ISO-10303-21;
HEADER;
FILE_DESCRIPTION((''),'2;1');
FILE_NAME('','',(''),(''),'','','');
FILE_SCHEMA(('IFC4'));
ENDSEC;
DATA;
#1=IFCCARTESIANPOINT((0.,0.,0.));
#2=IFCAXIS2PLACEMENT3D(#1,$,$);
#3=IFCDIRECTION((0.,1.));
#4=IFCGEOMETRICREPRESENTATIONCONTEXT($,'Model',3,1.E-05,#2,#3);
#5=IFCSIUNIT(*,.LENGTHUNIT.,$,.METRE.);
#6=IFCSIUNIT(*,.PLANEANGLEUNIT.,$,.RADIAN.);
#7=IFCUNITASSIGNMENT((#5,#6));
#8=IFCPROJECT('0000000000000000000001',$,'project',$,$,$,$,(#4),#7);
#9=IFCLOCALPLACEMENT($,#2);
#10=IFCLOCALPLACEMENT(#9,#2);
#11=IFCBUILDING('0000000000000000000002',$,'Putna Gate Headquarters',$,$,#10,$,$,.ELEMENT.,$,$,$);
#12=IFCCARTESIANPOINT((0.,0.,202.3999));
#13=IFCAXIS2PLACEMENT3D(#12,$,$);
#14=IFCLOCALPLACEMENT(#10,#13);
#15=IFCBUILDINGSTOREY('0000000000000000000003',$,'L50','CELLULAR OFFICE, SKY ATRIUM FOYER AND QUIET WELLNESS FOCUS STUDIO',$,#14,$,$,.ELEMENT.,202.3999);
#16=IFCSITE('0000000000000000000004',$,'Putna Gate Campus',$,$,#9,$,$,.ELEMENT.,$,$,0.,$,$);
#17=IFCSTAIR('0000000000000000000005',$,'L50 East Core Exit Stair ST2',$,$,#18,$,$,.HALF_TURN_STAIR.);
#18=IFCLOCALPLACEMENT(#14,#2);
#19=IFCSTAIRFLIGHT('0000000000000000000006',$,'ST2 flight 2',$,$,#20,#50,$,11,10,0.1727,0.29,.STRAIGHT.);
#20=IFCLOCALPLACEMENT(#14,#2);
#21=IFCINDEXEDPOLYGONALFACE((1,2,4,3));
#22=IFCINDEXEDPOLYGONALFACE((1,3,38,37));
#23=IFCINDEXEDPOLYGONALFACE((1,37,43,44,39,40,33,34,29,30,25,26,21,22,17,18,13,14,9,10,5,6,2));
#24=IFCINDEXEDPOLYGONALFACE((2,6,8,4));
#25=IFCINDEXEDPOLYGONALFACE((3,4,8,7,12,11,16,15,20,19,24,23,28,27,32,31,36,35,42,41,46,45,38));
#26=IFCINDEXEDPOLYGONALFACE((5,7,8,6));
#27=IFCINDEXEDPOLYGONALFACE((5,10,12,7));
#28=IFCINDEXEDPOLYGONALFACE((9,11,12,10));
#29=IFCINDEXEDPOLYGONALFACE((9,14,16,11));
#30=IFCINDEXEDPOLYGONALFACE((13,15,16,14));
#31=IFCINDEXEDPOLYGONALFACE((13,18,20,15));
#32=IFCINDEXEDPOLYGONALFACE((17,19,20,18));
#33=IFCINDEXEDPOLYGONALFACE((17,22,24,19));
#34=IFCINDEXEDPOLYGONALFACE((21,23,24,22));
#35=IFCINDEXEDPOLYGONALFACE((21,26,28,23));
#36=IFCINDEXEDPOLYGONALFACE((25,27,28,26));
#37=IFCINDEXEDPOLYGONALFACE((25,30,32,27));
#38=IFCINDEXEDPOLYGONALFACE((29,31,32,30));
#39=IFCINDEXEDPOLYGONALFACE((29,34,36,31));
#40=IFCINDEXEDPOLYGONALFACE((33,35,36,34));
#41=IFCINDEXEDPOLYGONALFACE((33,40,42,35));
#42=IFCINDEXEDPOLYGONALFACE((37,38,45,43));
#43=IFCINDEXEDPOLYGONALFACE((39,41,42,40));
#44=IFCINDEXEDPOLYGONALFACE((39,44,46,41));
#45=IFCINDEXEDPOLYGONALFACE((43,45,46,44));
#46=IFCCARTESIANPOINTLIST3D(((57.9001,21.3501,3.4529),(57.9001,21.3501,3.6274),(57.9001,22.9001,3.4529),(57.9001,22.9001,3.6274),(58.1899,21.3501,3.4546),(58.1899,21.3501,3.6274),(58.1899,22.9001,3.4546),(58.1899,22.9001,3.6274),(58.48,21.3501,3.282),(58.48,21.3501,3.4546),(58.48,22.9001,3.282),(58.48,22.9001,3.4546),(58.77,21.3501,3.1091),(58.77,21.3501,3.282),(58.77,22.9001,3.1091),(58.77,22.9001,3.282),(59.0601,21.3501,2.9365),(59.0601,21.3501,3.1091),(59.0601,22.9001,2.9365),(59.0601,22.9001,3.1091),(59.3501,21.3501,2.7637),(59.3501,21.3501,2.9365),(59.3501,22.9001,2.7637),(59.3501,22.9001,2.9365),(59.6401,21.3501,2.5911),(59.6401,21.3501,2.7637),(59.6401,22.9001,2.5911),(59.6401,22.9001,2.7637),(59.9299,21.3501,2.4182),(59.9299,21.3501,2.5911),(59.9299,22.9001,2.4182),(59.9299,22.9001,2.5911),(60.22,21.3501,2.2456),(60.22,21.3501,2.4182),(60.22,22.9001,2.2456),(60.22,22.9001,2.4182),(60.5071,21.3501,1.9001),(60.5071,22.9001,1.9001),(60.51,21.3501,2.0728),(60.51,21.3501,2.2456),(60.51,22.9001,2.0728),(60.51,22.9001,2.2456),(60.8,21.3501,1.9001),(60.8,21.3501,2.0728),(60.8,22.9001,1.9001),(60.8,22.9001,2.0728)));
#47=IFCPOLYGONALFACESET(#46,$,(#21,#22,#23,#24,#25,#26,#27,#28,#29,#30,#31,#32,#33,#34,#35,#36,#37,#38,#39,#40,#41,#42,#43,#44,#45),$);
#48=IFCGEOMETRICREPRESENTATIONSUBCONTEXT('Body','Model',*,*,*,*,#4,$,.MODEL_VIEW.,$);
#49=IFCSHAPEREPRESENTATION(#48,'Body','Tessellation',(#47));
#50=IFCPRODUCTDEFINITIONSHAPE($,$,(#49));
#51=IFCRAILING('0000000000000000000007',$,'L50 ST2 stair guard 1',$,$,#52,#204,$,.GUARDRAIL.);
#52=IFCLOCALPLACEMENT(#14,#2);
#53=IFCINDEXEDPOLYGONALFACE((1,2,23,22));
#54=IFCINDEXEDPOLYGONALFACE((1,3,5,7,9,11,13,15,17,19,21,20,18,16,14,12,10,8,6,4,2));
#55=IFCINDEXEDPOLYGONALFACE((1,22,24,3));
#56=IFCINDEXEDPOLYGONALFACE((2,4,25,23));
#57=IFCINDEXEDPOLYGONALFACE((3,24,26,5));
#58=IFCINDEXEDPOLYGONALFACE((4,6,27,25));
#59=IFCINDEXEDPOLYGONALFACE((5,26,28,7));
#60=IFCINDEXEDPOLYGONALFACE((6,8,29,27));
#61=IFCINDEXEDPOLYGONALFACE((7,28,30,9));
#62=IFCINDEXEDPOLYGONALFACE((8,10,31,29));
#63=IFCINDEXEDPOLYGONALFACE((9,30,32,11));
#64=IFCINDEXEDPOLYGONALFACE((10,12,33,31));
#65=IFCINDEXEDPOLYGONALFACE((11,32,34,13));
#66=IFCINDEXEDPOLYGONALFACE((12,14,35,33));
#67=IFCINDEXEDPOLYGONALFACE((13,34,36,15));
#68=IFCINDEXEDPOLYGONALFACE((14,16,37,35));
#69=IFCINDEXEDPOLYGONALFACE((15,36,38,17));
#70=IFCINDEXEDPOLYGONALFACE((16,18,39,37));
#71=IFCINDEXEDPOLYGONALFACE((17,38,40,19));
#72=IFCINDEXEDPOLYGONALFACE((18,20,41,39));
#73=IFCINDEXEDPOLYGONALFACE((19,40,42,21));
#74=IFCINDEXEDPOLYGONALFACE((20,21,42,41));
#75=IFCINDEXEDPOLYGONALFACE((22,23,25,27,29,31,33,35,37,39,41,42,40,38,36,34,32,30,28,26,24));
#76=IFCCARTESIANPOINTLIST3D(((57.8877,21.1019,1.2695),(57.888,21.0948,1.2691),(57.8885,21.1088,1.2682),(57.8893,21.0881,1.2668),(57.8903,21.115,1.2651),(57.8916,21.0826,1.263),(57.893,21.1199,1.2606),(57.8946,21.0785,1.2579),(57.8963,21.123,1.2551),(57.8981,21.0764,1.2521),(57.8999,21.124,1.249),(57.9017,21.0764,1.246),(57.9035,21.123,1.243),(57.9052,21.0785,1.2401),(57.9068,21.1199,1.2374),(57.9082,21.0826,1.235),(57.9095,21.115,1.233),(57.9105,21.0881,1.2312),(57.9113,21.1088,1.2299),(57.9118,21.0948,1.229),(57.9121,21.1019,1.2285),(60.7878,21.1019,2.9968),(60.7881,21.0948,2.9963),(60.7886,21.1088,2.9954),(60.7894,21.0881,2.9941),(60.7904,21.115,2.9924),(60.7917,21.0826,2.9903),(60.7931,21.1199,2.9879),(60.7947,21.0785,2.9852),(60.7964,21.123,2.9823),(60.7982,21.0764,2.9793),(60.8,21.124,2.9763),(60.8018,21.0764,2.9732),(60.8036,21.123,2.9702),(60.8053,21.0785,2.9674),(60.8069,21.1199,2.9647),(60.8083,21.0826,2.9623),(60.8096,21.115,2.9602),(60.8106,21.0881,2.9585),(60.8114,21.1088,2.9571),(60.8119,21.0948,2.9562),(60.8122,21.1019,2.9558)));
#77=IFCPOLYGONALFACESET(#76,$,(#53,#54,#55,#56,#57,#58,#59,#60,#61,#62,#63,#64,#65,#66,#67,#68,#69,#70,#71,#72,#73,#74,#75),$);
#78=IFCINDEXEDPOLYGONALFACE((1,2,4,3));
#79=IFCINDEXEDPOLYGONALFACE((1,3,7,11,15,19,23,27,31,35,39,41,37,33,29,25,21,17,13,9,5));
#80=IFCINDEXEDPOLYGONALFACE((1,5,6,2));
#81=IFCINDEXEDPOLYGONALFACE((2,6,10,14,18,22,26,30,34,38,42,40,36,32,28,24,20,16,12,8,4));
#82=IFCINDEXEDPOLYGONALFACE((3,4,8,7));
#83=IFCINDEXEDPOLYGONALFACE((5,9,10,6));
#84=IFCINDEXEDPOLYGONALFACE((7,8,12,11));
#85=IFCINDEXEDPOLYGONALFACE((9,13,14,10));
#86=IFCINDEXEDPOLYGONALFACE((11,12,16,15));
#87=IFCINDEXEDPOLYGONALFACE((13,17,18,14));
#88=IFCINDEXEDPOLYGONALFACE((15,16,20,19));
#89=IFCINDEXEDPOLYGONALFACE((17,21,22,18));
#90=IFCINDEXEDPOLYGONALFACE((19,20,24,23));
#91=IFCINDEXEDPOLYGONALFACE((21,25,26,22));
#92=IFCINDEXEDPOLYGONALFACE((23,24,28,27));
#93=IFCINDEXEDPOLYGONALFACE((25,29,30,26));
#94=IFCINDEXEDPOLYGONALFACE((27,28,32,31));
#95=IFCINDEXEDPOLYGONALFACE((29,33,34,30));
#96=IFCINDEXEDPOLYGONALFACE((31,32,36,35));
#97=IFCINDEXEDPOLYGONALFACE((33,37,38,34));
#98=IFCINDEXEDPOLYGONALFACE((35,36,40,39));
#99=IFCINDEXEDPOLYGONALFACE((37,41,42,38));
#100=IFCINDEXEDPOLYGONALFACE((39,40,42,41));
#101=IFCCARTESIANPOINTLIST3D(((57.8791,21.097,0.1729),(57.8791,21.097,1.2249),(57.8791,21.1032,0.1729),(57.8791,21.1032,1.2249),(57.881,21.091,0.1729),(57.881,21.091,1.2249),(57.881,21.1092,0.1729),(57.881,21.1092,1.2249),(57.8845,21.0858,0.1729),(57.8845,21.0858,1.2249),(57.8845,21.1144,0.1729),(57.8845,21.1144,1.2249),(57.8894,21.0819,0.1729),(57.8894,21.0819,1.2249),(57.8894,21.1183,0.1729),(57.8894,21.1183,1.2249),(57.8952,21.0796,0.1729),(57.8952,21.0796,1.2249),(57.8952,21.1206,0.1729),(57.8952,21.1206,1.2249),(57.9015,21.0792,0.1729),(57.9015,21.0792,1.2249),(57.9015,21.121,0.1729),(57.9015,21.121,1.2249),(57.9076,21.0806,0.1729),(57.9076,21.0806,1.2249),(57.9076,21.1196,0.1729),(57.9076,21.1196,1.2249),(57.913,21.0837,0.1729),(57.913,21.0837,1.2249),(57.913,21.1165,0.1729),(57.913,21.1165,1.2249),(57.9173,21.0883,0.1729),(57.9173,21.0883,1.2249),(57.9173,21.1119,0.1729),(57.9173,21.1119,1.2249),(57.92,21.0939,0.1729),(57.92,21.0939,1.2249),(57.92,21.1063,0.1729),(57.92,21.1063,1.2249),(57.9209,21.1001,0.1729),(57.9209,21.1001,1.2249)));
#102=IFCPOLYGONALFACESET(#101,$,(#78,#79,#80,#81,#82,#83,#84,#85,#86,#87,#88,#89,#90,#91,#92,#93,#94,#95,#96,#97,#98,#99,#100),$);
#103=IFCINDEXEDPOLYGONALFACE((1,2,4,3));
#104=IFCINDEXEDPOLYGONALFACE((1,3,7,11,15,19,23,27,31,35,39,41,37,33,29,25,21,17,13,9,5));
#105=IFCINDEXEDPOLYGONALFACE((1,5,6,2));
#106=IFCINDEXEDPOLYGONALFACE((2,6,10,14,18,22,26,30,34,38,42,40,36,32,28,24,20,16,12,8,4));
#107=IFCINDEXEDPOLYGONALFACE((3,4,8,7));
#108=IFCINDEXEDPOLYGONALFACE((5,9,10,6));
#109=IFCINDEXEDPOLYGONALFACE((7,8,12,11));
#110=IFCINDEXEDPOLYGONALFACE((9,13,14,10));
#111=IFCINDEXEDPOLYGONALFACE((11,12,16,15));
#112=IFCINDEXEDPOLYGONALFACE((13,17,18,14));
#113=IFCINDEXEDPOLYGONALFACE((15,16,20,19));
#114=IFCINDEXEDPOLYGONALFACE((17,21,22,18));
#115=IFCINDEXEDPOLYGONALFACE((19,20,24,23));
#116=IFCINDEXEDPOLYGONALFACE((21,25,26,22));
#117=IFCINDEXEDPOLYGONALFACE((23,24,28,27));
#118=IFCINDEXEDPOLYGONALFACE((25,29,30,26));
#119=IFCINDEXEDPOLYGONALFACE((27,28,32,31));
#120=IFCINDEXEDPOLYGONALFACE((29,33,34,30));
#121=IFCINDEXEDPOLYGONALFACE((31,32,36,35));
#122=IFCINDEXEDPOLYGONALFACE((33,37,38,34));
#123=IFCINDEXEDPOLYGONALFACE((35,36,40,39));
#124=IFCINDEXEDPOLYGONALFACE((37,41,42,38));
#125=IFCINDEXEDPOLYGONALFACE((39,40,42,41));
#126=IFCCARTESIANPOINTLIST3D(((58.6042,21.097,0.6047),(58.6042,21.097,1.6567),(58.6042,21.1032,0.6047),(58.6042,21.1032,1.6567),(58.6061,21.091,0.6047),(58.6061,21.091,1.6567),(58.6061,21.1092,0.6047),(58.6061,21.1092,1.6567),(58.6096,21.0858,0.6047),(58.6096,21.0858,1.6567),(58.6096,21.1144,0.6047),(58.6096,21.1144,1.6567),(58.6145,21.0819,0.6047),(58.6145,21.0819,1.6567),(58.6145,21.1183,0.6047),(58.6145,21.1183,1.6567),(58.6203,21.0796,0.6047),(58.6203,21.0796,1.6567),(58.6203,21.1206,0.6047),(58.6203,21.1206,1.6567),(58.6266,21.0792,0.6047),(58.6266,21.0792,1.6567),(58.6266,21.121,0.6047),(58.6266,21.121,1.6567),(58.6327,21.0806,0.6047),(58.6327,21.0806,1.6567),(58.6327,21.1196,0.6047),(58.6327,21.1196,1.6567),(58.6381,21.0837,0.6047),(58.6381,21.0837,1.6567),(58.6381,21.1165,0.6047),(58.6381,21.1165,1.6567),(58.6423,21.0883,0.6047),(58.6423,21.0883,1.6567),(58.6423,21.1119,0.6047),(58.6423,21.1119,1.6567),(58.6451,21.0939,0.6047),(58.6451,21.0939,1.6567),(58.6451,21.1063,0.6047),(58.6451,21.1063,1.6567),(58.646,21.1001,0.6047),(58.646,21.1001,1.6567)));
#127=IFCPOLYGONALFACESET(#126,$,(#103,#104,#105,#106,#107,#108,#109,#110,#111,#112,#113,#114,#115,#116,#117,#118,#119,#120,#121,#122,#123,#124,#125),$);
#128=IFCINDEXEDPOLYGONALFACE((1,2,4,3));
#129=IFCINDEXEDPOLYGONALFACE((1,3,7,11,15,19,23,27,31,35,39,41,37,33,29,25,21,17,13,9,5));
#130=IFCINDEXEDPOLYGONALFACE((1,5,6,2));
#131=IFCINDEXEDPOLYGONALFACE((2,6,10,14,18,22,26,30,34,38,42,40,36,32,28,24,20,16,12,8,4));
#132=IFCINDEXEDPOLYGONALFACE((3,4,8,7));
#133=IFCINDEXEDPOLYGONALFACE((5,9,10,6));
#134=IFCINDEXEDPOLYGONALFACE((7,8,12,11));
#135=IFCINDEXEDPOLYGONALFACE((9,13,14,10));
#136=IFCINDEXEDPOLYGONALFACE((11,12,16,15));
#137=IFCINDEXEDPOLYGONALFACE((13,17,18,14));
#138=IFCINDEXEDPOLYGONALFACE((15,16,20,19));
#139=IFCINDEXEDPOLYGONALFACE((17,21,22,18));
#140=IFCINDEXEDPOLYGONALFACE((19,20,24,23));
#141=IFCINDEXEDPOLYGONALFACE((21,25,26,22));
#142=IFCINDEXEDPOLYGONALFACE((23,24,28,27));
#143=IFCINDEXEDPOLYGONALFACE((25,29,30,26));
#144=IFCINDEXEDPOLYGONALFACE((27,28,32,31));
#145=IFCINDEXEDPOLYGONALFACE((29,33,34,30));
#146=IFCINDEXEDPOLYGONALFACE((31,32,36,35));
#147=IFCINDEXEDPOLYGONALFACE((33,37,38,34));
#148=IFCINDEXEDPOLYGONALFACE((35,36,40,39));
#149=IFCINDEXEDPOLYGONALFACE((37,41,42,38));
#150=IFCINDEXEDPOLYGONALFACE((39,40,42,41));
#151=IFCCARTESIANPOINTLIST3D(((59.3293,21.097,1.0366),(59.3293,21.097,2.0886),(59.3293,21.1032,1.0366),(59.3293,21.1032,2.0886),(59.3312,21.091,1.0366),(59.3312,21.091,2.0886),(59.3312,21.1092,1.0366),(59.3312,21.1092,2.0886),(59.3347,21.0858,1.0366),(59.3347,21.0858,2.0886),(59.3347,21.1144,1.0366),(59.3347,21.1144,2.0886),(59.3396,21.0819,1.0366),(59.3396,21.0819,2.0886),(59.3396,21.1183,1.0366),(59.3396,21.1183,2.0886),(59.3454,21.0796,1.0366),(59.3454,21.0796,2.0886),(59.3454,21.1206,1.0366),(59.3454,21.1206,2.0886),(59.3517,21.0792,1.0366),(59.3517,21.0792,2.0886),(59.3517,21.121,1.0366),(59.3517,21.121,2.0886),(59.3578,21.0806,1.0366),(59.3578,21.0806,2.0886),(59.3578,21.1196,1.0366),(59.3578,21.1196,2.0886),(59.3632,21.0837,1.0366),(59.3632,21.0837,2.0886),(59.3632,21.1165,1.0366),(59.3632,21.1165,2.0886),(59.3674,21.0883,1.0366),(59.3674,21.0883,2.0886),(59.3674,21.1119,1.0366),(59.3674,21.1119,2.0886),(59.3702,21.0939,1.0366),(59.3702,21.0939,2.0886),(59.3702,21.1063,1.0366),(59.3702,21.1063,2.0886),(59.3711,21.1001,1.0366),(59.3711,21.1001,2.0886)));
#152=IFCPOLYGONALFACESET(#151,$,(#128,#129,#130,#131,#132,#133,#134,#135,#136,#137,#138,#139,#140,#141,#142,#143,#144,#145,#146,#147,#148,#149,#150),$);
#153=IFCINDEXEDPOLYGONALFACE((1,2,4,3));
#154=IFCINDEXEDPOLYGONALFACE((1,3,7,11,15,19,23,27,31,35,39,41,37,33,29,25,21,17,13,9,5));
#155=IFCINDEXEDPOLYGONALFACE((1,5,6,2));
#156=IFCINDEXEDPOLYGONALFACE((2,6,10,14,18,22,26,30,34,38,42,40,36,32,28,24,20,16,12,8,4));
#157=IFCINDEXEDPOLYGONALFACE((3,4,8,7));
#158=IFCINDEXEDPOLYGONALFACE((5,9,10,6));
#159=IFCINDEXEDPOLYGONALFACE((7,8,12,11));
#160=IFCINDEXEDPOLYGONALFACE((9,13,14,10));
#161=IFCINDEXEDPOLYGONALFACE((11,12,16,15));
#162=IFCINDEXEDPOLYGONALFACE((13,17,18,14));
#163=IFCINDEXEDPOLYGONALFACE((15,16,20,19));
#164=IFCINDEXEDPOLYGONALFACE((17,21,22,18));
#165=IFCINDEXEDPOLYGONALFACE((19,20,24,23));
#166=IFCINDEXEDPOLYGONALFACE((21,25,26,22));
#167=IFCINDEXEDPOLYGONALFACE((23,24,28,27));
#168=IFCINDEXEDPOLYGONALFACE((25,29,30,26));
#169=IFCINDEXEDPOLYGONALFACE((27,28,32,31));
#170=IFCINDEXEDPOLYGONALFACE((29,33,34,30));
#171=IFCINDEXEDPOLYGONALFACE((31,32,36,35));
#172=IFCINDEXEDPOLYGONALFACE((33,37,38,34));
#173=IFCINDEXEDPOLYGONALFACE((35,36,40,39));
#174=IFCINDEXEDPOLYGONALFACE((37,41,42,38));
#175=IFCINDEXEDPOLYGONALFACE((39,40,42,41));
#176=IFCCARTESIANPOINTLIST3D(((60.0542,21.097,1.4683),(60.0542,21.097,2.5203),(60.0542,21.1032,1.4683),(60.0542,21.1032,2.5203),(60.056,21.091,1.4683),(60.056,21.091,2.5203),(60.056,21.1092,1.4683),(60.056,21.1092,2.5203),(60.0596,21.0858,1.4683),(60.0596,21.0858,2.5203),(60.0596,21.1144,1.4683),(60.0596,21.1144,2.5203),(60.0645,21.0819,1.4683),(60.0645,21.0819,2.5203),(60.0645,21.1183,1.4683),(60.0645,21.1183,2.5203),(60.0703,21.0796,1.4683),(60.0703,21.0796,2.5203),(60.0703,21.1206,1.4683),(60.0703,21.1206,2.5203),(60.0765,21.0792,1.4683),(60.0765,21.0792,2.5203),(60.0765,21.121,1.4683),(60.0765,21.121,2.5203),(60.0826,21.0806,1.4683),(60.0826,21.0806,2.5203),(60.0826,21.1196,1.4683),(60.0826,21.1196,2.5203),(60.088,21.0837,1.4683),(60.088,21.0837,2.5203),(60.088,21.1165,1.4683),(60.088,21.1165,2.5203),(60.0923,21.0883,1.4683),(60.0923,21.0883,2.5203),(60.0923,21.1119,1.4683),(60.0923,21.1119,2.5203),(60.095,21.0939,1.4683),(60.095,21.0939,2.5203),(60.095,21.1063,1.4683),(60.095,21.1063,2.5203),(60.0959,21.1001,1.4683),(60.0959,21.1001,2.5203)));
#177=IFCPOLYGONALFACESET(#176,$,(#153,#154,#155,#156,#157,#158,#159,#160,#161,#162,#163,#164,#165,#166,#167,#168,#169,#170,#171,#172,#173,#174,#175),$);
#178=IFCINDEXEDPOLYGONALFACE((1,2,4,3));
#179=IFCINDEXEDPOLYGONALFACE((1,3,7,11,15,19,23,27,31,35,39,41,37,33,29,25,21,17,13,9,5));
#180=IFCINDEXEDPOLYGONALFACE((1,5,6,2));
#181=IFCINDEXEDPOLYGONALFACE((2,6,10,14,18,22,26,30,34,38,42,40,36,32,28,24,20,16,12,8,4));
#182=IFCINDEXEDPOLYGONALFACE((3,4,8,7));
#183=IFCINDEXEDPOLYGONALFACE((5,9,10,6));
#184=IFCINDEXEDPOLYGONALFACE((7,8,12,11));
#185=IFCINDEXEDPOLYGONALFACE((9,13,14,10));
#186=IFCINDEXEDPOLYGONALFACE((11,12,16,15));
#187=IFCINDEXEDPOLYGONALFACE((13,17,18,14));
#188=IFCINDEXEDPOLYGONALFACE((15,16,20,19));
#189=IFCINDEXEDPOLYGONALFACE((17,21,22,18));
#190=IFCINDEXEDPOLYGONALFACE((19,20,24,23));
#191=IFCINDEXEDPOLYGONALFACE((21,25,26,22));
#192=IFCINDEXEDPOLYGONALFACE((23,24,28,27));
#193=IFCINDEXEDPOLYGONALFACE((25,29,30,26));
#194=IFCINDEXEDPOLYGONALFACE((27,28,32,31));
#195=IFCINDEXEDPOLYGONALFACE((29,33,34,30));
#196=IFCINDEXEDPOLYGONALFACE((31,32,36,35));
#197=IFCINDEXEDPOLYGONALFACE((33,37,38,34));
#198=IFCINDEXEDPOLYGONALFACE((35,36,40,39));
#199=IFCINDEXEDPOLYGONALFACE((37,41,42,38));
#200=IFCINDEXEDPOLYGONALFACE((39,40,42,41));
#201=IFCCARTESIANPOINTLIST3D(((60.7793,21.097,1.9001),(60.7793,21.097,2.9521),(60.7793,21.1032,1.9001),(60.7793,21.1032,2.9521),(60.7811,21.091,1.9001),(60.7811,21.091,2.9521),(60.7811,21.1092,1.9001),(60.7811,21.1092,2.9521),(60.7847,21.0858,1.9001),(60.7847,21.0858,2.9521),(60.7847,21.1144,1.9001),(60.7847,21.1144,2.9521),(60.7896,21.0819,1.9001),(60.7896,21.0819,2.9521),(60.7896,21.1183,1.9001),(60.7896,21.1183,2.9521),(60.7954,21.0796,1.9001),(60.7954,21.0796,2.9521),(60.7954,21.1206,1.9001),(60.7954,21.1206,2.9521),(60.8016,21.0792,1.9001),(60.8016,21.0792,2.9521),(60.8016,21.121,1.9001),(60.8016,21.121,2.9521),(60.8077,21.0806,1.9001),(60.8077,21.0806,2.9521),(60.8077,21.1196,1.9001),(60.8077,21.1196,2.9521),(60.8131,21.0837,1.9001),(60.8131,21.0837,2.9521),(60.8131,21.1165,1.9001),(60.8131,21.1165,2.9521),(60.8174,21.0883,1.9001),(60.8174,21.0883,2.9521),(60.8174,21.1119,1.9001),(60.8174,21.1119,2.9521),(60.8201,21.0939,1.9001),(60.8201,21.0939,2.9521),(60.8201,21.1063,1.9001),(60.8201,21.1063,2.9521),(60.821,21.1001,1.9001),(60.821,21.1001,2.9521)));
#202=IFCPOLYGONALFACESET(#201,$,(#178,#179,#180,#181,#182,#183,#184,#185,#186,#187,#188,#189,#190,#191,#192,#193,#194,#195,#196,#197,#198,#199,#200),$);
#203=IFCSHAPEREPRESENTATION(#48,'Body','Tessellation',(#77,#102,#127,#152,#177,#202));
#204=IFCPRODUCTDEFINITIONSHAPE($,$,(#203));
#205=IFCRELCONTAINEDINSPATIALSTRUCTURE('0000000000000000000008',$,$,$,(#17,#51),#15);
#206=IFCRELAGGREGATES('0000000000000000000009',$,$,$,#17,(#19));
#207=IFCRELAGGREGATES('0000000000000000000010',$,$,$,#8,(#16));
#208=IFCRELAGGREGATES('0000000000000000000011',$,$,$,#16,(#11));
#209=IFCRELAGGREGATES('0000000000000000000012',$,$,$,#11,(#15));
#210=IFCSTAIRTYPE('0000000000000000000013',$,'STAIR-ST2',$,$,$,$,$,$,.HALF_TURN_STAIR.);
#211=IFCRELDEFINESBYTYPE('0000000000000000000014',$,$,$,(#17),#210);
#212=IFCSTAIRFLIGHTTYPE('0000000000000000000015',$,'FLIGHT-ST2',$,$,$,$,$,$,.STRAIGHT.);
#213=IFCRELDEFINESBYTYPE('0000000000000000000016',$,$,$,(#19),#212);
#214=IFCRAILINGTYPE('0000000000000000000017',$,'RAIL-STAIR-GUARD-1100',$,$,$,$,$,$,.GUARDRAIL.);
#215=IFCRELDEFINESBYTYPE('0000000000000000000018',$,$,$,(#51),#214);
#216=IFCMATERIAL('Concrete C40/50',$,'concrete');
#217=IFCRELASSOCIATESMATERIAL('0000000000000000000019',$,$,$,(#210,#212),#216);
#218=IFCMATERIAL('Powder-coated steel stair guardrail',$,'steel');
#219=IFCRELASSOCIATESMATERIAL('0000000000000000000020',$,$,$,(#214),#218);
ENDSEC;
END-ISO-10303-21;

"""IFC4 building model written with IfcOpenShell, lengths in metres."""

from ifc_helpers import new_model, si_unit, direction, frame, origin, origin_2d, place, context, subcontext, project, spatial, polyline, circle, outline, extrude, material, type_object, element, aggregate, save


model = new_model("IFC4")

# Units and contexts
model_context = context("Model", 3, precision=1e-05, world=origin(), true_north=direction((0.0, 1.0)))
body_context = subcontext(model_context, "Body", "Model", "MODEL_VIEW")
ifc_project = project(units=[si_unit("LENGTHUNIT", "METRE"), si_unit("PLANEANGLEUNIT", "RADIAN")], contexts=[model_context])

# Site, building, storey
site_placement = place(None, origin())
site = spatial("IfcSite", under=ifc_project, at=site_placement, Name="Putna Gate Campus", CompositionType="ELEMENT", RefElevation=0.0)
building_placement = place(site_placement, origin())
building = spatial("IfcBuilding", under=site, at=building_placement, Name="Putna Gate Headquarters", CompositionType="ELEMENT")
storey_placement = place(building_placement, frame((0.0, 0.0, 202.3999)))
storey = spatial("IfcBuildingStorey", under=building, at=storey_placement, Name="L50", Description="CELLULAR OFFICE, SKY ATRIUM FOYER AND QUIET WELLNESS FOCUS STUDIO", CompositionType="ELEMENT", Elevation=202.3999)

# Shared definitions
ifc_material_1 = material(Name="Concrete C40/50", Category="concrete")

# Stair, stair flight
stair_type = type_object("IfcStairType", Name="STAIR-ST2", PredefinedType="HALF_TURN_STAIR", material=ifc_material_1)
stair_placement = place(storey_placement, origin())
stair = element("IfcStair", 1, at=stair_placement, inside=storey, type_object=stair_type, Name="L50 East Core Exit Stair ST2", PredefinedType="HALF_TURN_STAIR")
stair_flight_type = type_object("IfcStairFlightType", Name="FLIGHT-ST2", PredefinedType="STRAIGHT", material=ifc_material_1)
stair_flight_1_placement = place(storey_placement, frame((60.8, 22.125, 1.9001), z_axis=(0.0, 0.0, 1.0), x_axis=(-1.0, 0.0, 0.0)))
stair_flight_1 = element("IfcStairFlight", 2, at=stair_flight_1_placement, type_object=stair_flight_type, Name="ST2 flight 2", NumberOfRisers=11, NumberOfTreads=10, PredefinedType="STRAIGHT", RiserHeight=0.1727, TreadLength=0.29, context=body_context, shape_type="SweptSolid", body=[
    extrude(outline(polyline([(0.0, 0.0), (0.0, 0.1726), (0.29, 0.1726), (0.29, 0.3455), (0.5801, 0.3455), (0.5801, 0.5181), (0.8701, 0.5181), (0.8701, 0.6909), (1.1599, 0.6909), (1.1599, 0.8635), (1.45, 0.8635), (1.45, 1.0364), (1.74, 1.0364), (1.74, 1.209), (2.03, 1.209), (2.03, 1.3818), (2.3201, 1.3818), (2.3201, 1.5544), (2.6101, 1.5544), (2.6101, 1.7273), (2.8999, 1.7273), (2.8999, 1.8999), (2.8999, 1.5527), (0.293, 0.0), (0.0, 0.0)])), frame((0.0, 0.7749, 0.0), z_axis=(0.0, -1.0, 0.0), x_axis=(1.0, 0.0, 0.0)), (0.0, 0.0, 1.0), 1.55),
])
aggregate(stair, [stair_flight_1])

# Railing
ifc_material_2 = material(Name="Powder-coated steel stair guardrail", Category="steel")
railing_type_1 = type_object("IfcRailingType", Name="RAIL-STAIR-GUARD-1100", PredefinedType="GUARDRAIL", material=ifc_material_2)
railing_1_placement = place(storey_placement, frame((57.8999, 21.1001, 0.1729)))
element("IfcRailing", 3, at=railing_1_placement, inside=storey, type_object=railing_type_1, Name="L50 ST2 stair guard 1", PredefinedType="GUARDRAIL", context=body_context, shape_type="SweptSolid", body=[
    extrude(circle(Radius=0.0239, at=origin_2d()), frame((0.0, 0.0, 1.0762), z_axis=(0.85916, 0.0, 0.511706), x_axis=(0.0, 1.0, 0.0)), (0.0, 0.0, 1.0), 3.3755),
    extrude(circle(Radius=0.021, at=origin_2d()), origin(), (0.0, 0.0, 1.0), 1.052),
    extrude(circle(Radius=0.021, at=origin_2d()), frame((0.7251, 0.0, 0.4319)), (0.0, 0.0, 1.0), 1.052),
    extrude(circle(Radius=0.021, at=origin_2d()), frame((1.4502, 0.0, 0.8638)), (0.0, 0.0, 1.0), 1.052),
    extrude(circle(Radius=0.021, at=origin_2d()), frame((2.175, 0.0, 1.2954)), (0.0, 0.0, 1.0), 1.052),
    extrude(circle(Radius=0.021, at=origin_2d()), frame((2.9001, 0.0, 1.7273)), (0.0, 0.0, 1.0), 1.052),
])

save(model, "model.ifc")
